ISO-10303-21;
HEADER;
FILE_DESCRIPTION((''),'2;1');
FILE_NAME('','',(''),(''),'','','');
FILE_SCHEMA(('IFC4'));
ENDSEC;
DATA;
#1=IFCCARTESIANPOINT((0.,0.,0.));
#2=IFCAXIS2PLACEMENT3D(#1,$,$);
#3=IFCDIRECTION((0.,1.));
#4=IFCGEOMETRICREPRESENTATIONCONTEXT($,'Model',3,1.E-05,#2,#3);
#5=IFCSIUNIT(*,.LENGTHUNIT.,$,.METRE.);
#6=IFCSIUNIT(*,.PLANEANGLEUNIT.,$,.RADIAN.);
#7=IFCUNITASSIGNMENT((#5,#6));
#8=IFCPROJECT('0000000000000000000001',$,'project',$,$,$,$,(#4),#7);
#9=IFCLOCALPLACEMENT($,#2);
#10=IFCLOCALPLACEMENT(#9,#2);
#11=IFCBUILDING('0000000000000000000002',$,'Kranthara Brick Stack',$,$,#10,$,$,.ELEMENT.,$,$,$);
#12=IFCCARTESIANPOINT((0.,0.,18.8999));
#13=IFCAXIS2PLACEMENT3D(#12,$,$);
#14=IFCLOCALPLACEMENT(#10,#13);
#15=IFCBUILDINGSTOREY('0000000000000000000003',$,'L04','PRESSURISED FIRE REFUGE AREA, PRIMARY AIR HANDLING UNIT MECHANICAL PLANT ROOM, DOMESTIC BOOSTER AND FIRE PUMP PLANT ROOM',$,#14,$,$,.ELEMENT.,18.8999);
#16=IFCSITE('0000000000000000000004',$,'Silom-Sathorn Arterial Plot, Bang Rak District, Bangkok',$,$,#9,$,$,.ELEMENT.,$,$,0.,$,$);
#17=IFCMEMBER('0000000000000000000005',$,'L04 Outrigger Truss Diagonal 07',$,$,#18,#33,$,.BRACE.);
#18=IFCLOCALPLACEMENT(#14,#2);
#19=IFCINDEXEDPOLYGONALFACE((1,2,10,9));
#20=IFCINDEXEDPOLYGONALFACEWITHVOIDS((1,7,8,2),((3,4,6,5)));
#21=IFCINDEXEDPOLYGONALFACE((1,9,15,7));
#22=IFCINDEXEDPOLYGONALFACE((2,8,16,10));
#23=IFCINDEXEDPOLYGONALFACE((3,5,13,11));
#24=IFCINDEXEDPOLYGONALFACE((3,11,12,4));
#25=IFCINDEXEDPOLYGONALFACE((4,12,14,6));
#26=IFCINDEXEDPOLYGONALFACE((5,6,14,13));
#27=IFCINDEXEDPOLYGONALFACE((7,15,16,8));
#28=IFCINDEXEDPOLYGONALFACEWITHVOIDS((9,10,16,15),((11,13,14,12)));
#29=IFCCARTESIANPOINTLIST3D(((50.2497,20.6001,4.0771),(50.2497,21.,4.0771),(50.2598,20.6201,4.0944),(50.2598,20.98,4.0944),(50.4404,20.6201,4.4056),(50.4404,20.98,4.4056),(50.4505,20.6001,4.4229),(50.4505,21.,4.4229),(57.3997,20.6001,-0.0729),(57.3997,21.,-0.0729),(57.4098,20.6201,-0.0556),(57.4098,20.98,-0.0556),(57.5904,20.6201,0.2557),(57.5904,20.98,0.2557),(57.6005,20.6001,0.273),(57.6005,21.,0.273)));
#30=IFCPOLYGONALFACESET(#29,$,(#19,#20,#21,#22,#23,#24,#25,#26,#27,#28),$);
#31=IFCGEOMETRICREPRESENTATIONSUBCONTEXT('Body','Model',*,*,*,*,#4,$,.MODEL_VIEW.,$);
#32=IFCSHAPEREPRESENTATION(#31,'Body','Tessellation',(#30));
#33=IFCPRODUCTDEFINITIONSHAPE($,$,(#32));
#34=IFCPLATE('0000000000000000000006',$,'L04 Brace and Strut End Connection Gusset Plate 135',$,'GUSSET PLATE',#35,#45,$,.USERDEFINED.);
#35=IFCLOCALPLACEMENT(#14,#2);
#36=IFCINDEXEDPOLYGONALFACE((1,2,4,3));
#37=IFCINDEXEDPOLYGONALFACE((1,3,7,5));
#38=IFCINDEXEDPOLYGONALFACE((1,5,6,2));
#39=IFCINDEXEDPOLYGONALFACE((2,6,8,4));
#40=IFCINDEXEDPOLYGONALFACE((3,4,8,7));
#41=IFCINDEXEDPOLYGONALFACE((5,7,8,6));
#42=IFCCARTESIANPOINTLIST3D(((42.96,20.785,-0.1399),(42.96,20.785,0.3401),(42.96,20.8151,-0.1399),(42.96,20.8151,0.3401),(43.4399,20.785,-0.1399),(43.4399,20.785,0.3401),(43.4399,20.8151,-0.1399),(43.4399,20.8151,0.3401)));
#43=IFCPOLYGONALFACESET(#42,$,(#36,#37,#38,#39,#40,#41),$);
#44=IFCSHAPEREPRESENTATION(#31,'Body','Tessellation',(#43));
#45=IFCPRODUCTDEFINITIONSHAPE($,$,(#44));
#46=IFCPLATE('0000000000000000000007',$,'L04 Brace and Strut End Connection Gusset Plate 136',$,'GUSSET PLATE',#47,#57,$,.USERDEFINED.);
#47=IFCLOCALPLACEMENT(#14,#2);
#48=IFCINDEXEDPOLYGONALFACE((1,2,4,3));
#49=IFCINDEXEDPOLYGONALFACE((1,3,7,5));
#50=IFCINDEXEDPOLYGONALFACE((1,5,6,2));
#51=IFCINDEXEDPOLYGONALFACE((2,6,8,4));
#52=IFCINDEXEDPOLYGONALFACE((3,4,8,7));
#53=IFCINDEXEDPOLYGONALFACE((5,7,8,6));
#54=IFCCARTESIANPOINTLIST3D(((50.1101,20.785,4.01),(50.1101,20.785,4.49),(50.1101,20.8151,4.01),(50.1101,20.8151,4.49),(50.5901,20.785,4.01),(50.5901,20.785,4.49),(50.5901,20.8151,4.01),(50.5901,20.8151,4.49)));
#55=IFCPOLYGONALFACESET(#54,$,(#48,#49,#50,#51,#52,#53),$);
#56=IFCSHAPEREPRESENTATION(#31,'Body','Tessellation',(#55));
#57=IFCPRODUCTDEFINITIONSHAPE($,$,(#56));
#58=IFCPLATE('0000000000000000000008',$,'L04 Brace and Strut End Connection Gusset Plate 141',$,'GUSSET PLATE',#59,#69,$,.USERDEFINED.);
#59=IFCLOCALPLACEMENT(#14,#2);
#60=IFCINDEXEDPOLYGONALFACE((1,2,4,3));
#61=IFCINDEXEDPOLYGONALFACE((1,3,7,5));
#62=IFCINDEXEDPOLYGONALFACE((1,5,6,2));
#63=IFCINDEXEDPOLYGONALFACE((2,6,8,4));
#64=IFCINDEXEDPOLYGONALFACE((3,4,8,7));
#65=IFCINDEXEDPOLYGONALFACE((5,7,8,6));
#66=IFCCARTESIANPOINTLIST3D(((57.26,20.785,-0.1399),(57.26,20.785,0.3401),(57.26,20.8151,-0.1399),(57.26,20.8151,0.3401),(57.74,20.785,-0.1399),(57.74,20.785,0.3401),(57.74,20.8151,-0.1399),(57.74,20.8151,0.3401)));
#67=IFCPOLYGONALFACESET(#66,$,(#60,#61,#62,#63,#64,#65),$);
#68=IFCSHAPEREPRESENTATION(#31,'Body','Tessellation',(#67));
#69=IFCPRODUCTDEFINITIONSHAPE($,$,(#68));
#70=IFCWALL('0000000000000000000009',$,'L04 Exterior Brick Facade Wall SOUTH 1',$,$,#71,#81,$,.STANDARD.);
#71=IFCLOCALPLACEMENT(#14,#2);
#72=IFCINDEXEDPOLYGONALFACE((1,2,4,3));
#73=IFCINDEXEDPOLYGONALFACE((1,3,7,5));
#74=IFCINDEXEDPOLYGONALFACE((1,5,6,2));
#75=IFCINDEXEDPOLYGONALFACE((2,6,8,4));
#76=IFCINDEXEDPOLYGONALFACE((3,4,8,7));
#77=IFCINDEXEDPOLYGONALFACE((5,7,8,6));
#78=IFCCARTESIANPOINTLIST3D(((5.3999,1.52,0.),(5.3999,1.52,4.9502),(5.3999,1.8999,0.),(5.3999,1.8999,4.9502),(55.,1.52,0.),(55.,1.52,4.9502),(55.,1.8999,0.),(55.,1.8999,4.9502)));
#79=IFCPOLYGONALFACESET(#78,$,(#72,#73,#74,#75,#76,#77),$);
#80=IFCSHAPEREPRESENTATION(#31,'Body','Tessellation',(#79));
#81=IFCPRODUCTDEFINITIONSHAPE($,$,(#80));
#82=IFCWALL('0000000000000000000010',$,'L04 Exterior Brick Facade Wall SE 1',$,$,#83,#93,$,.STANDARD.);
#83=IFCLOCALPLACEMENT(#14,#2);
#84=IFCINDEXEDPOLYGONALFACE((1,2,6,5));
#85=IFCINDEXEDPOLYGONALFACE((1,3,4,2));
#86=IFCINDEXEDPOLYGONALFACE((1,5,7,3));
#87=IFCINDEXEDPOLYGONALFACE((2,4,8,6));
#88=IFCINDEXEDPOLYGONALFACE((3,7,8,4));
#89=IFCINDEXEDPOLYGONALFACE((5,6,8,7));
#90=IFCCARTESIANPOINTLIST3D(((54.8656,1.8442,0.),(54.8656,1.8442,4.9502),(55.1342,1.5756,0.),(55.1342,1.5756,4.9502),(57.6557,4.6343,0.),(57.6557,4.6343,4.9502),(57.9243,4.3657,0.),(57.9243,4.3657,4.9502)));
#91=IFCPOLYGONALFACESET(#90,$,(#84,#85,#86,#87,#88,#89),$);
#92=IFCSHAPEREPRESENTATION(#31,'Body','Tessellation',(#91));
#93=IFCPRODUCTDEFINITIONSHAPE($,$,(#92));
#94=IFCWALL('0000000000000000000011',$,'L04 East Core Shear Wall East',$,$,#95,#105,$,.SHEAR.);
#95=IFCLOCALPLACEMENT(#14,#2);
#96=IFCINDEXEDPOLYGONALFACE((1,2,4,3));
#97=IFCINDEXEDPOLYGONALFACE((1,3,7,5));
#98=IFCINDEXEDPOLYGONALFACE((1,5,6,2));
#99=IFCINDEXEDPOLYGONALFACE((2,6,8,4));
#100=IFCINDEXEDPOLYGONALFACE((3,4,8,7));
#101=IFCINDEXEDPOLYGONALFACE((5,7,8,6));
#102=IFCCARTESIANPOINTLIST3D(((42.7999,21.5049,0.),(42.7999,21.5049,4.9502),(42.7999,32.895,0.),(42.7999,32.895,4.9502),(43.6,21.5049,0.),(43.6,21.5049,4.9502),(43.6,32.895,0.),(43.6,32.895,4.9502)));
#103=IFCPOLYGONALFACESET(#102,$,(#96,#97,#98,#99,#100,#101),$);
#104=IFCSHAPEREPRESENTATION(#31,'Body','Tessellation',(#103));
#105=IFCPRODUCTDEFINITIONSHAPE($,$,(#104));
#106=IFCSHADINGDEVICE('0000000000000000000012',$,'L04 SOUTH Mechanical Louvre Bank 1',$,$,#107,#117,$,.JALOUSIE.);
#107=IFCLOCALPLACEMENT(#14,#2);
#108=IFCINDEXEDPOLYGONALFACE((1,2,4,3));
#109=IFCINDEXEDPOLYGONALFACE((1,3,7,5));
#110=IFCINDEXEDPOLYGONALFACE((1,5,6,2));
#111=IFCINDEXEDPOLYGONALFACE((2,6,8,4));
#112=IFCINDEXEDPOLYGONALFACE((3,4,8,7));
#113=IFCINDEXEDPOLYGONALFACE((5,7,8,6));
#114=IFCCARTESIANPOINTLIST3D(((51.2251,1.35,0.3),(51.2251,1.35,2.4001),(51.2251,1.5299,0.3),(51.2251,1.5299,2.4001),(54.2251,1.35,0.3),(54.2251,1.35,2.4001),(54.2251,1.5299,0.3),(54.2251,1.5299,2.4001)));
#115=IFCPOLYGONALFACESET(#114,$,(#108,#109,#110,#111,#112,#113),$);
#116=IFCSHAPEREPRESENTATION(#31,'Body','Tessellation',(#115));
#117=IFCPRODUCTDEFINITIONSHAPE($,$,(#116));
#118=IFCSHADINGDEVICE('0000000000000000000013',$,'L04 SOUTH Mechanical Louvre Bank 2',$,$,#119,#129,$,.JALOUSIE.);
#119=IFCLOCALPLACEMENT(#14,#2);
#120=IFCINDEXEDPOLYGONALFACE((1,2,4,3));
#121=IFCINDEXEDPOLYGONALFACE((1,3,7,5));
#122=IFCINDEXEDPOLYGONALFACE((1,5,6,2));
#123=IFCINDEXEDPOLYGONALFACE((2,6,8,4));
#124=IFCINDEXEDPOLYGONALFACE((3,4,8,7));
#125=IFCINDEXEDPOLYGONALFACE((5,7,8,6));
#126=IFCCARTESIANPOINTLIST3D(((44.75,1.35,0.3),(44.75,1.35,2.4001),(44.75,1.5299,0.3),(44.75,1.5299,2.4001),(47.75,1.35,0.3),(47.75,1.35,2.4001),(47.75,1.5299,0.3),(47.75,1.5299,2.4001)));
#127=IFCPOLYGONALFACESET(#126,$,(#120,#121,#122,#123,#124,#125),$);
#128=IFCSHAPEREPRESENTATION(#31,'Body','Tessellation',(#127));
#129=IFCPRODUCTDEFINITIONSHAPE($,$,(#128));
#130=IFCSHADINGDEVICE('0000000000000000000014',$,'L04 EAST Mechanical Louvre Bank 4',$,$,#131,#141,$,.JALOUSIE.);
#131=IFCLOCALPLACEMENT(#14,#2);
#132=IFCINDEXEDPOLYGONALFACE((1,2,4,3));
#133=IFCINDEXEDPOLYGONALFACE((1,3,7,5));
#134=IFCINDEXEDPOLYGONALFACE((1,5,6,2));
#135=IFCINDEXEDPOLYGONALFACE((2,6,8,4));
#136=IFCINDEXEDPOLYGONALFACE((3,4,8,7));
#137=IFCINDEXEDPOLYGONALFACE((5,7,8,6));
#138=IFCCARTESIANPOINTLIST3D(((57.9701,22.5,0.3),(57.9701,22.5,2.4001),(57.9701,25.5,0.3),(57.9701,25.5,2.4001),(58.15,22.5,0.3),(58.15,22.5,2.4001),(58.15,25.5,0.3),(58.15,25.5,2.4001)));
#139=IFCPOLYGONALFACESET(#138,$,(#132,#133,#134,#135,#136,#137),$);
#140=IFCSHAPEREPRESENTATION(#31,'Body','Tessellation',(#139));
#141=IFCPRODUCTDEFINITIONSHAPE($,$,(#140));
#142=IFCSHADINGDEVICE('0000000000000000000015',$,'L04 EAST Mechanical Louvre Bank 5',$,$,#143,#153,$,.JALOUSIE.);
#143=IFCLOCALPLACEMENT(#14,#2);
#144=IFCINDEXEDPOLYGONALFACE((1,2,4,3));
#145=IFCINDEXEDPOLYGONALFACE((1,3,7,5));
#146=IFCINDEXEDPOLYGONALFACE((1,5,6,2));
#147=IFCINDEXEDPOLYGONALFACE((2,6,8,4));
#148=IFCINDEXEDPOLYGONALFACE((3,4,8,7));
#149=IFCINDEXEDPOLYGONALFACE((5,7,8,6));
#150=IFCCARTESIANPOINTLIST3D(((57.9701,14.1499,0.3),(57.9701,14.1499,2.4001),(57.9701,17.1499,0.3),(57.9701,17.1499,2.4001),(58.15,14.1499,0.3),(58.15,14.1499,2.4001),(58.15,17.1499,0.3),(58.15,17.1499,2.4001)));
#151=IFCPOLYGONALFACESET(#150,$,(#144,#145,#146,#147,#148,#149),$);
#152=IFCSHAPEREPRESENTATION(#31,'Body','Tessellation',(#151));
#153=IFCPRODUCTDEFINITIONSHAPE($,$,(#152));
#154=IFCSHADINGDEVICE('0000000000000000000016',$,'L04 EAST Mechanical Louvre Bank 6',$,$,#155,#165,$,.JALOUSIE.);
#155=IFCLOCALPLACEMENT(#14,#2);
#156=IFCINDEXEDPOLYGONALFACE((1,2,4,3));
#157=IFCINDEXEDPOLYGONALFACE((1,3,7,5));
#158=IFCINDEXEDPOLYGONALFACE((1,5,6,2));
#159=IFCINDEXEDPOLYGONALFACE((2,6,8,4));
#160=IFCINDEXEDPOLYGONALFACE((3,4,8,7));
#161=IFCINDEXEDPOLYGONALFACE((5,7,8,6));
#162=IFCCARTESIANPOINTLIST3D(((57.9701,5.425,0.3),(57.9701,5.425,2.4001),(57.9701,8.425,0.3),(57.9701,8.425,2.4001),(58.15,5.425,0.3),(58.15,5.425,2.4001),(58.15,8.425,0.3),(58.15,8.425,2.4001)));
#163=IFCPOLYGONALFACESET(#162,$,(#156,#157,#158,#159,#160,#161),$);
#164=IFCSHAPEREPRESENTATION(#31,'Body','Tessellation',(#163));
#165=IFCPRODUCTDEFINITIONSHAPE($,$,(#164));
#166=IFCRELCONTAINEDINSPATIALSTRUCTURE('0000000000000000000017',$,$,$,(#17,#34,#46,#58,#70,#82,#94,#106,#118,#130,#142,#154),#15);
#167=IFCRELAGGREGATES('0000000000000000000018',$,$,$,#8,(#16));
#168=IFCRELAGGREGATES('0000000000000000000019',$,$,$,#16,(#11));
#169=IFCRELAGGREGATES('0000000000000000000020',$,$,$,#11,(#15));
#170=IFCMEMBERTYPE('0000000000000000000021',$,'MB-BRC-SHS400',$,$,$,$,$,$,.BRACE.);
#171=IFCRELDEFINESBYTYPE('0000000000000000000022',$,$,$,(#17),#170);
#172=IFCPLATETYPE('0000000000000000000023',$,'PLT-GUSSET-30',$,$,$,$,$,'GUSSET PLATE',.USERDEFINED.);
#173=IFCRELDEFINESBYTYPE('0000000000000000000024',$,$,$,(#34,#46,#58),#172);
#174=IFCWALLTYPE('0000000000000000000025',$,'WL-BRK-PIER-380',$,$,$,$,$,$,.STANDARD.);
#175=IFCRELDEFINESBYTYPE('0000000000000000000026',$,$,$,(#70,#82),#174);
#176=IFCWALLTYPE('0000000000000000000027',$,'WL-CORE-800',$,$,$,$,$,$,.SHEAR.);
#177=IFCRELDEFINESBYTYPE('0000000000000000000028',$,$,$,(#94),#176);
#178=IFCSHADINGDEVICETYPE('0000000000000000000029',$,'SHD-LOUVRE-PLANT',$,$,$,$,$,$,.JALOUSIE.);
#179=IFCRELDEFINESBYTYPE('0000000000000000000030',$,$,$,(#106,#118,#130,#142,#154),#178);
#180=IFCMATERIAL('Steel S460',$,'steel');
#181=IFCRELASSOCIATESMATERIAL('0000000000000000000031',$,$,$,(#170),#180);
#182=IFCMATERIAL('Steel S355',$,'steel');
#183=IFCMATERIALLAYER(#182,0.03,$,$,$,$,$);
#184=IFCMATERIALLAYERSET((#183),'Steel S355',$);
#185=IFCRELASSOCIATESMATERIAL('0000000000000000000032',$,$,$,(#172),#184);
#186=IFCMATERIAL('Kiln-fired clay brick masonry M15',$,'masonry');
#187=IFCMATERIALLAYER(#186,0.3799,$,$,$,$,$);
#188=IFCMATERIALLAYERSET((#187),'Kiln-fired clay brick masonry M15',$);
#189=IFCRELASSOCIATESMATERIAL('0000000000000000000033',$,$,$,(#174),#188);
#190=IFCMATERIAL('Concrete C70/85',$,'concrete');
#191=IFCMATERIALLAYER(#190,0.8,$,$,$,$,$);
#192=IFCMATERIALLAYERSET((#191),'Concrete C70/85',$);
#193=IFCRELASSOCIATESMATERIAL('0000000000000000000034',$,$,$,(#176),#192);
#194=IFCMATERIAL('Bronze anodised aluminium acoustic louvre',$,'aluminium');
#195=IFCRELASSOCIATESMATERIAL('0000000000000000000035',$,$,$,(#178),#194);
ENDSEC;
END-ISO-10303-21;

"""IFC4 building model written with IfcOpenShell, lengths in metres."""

from ifc_helpers import new_model, si_unit, direction, frame, frame_2d, origin, origin_2d, place, context, subcontext, project, spatial, rectangle, hollow_rectangle, extrude, material, layer, layer_set, material_profile, profile_set, type_object, element, save


model = new_model("IFC4")

# Units and contexts
model_context = context("Model", 3, precision=1e-05, world=origin(), true_north=direction((0.0, 1.0)))
body_context = subcontext(model_context, "Body", "Model", "MODEL_VIEW")
ifc_project = project(units=[si_unit("LENGTHUNIT", "METRE"), si_unit("PLANEANGLEUNIT", "RADIAN")], contexts=[model_context])

# Site, building, storey
site_placement = place(None, origin())
site = spatial("IfcSite", under=ifc_project, at=site_placement, Name="Silom-Sathorn Arterial Plot, Bang Rak District, Bangkok", CompositionType="ELEMENT", RefElevation=0.0)
building_placement = place(site_placement, origin())
building = spatial("IfcBuilding", under=site, at=building_placement, Name="Kranthara Brick Stack", CompositionType="ELEMENT")
storey_placement = place(building_placement, frame((0.0, 0.0, 18.8999)))
storey = spatial("IfcBuildingStorey", under=building, at=storey_placement, Name="L04", Description="PRESSURISED FIRE REFUGE AREA, PRIMARY AIR HANDLING UNIT MECHANICAL PLANT ROOM, DOMESTIC BOOSTER AND FIRE PUMP PLANT ROOM", CompositionType="ELEMENT", Elevation=18.8999)

# Member
ifc_material_1 = material(Name="Steel S460", Category="steel")
ifc_material_profile_1 = material_profile(ifc_material_1, hollow_rectangle(XDim=0.3999, YDim=0.3999, WallThickness=0.02, at=origin_2d()), Name="SHS 400x400x20")
ifc_profile_set_1 = profile_set([ifc_material_profile_1], Name="Steel S460")
member_type = type_object("IfcMemberType", Name="MB-BRC-SHS400", PredefinedType="BRACE", material=ifc_profile_set_1)
member_placement = place(storey_placement, frame((50.3501, 20.8, 4.25), z_axis=(0.864876, 0.0, -0.501986), x_axis=(0.0, 1.0, 0.0)))
element("IfcMember", 1, at=member_placement, inside=storey, type_object=member_type, Name="L04 Outrigger Truss Diagonal 07", PredefinedType="BRACE", context=body_context, shape_type="SweptSolid", body=[
    extrude(hollow_rectangle(XDim=0.3999, YDim=0.3999, WallThickness=0.02, at=origin_2d()), origin(), (0.0, 0.0, 1.0), 8.2671),
])

# Plates
ifc_material_2 = material(Name="Steel S355", Category="steel")
ifc_layer_1 = layer(ifc_material_2, 0.03)
ifc_layer_set_1 = layer_set([ifc_layer_1], Name="Steel S355")
plate_type = type_object("IfcPlateType", Name="PLT-GUSSET-30", ElementType="GUSSET PLATE", PredefinedType="USERDEFINED", material=ifc_layer_set_1)
for number, where, z_axis, x_axis, name in (
    (2, (43.2, 20.8, -0.1399), (0.0, 0.0, 1.0), (1.0, 0.0, 0.0), "L04 Brace and Strut End Connection Gusset Plate 135"),
    (3, (50.3501, 20.8, 4.01), (0.0, 0.0, 1.0), (1.0, 0.0, 0.0), "L04 Brace and Strut End Connection Gusset Plate 136"),
    (4, (57.5, 20.8, -0.1399), (0.0, 0.0, 1.0), (1.0, 0.0, 0.0), "L04 Brace and Strut End Connection Gusset Plate 141"),
):
    element("IfcPlate", number, at=place(storey_placement, frame(where, z_axis=z_axis, x_axis=x_axis)), inside=storey, type_object=plate_type, Name=name, ObjectType="GUSSET PLATE", PredefinedType="USERDEFINED", context=body_context, shape_type="SweptSolid", body=[
        extrude(rectangle(XDim=0.48, YDim=0.03, at=origin_2d()), origin(), (0.0, 0.0, 1.0), 0.48),
    ])

# Walls
ifc_material_3 = material(Name="Kiln-fired clay brick masonry M15", Category="masonry")
ifc_layer_2 = layer(ifc_material_3, 0.3799)
ifc_layer_set_2 = layer_set([ifc_layer_2], Name="Kiln-fired clay brick masonry M15")
wall_type_1 = type_object("IfcWallType", Name="WL-BRK-PIER-380", PredefinedType="STANDARD", material=ifc_layer_set_2)
wall_1_placement = place(storey_placement, frame((55.0, 1.71, 0.0), z_axis=(0.0, 0.0, 1.0), x_axis=(-1.0, 0.0, 0.0)))
element("IfcWall", 5, at=wall_1_placement, inside=storey, type_object=wall_type_1, Name="L04 Exterior Brick Facade Wall SOUTH 1", PredefinedType="STANDARD", context=body_context, shape_type="SweptSolid", body=[
    extrude(rectangle(XDim=49.6001, YDim=0.3799, at=frame_2d((24.8, 0.0))), origin(), (0.0, 0.0, 1.0), 4.9502),
])
wall_2_placement = place(storey_placement, frame((57.79, 4.5, 0.0), z_axis=(0.0, 0.0, 1.0), x_axis=(-0.707107, -0.707107, 0.0)))
element("IfcWall", 6, at=wall_2_placement, inside=storey, type_object=wall_type_1, Name="L04 Exterior Brick Facade Wall SE 1", PredefinedType="STANDARD", context=body_context, shape_type="SweptSolid", body=[
    extrude(rectangle(XDim=3.9458, YDim=0.3799, at=frame_2d((1.9729, 0.0))), origin(), (0.0, 0.0, 1.0), 4.9502),
])
ifc_material_4 = material(Name="Concrete C70/85", Category="concrete")
ifc_layer_3 = layer(ifc_material_4, 0.8)
ifc_layer_set_3 = layer_set([ifc_layer_3], Name="Concrete C70/85")
wall_type_2 = type_object("IfcWallType", Name="WL-CORE-800", PredefinedType="SHEAR", material=ifc_layer_set_3)
wall_3_placement = place(storey_placement, frame((43.2, 21.5049, 0.0), z_axis=(0.0, 0.0, 1.0), x_axis=(0.0, 1.0, 0.0)))
element("IfcWall", 7, at=wall_3_placement, inside=storey, type_object=wall_type_2, Name="L04 East Core Shear Wall East", PredefinedType="SHEAR", context=body_context, shape_type="SweptSolid", body=[
    extrude(rectangle(XDim=11.3901, YDim=0.8, at=frame_2d((5.6951, 0.0))), origin(), (0.0, 0.0, 1.0), 4.9502),
])

# Shading devices
ifc_material_5 = material(Name="Bronze anodised aluminium acoustic louvre", Category="aluminium")
shading_device_type = type_object("IfcShadingDeviceType", Name="SHD-LOUVRE-PLANT", PredefinedType="JALOUSIE", material=ifc_material_5)
for number, where, z_axis, x_axis, name in (
    (8, (52.7251, 1.4399, 0.3), (0.0, 0.0, 1.0), (-1.0, 0.0, 0.0), "L04 SOUTH Mechanical Louvre Bank 1"),
    (9, (46.25, 1.4399, 0.3), (0.0, 0.0, 1.0), (-1.0, 0.0, 0.0), "L04 SOUTH Mechanical Louvre Bank 2"),
    (10, (58.0601, 24.0, 0.3), (0.0, 0.0, 1.0), (0.0, -1.0, 0.0), "L04 EAST Mechanical Louvre Bank 4"),
    (11, (58.0601, 15.6499, 0.3), (0.0, 0.0, 1.0), (0.0, -1.0, 0.0), "L04 EAST Mechanical Louvre Bank 5"),
    (12, (58.0601, 6.925, 0.3), (0.0, 0.0, 1.0), (0.0, -1.0, 0.0), "L04 EAST Mechanical Louvre Bank 6"),
):
    element("IfcShadingDevice", number, at=place(storey_placement, frame(where, z_axis=z_axis, x_axis=x_axis)), inside=storey, type_object=shading_device_type, Name=name, PredefinedType="JALOUSIE", context=body_context, shape_type="SweptSolid", body=[
        extrude(rectangle(XDim=3.0, YDim=0.1799, at=origin_2d()), origin(), (0.0, 0.0, 1.0), 2.1001),
    ])

save(model, "model.ifc")
